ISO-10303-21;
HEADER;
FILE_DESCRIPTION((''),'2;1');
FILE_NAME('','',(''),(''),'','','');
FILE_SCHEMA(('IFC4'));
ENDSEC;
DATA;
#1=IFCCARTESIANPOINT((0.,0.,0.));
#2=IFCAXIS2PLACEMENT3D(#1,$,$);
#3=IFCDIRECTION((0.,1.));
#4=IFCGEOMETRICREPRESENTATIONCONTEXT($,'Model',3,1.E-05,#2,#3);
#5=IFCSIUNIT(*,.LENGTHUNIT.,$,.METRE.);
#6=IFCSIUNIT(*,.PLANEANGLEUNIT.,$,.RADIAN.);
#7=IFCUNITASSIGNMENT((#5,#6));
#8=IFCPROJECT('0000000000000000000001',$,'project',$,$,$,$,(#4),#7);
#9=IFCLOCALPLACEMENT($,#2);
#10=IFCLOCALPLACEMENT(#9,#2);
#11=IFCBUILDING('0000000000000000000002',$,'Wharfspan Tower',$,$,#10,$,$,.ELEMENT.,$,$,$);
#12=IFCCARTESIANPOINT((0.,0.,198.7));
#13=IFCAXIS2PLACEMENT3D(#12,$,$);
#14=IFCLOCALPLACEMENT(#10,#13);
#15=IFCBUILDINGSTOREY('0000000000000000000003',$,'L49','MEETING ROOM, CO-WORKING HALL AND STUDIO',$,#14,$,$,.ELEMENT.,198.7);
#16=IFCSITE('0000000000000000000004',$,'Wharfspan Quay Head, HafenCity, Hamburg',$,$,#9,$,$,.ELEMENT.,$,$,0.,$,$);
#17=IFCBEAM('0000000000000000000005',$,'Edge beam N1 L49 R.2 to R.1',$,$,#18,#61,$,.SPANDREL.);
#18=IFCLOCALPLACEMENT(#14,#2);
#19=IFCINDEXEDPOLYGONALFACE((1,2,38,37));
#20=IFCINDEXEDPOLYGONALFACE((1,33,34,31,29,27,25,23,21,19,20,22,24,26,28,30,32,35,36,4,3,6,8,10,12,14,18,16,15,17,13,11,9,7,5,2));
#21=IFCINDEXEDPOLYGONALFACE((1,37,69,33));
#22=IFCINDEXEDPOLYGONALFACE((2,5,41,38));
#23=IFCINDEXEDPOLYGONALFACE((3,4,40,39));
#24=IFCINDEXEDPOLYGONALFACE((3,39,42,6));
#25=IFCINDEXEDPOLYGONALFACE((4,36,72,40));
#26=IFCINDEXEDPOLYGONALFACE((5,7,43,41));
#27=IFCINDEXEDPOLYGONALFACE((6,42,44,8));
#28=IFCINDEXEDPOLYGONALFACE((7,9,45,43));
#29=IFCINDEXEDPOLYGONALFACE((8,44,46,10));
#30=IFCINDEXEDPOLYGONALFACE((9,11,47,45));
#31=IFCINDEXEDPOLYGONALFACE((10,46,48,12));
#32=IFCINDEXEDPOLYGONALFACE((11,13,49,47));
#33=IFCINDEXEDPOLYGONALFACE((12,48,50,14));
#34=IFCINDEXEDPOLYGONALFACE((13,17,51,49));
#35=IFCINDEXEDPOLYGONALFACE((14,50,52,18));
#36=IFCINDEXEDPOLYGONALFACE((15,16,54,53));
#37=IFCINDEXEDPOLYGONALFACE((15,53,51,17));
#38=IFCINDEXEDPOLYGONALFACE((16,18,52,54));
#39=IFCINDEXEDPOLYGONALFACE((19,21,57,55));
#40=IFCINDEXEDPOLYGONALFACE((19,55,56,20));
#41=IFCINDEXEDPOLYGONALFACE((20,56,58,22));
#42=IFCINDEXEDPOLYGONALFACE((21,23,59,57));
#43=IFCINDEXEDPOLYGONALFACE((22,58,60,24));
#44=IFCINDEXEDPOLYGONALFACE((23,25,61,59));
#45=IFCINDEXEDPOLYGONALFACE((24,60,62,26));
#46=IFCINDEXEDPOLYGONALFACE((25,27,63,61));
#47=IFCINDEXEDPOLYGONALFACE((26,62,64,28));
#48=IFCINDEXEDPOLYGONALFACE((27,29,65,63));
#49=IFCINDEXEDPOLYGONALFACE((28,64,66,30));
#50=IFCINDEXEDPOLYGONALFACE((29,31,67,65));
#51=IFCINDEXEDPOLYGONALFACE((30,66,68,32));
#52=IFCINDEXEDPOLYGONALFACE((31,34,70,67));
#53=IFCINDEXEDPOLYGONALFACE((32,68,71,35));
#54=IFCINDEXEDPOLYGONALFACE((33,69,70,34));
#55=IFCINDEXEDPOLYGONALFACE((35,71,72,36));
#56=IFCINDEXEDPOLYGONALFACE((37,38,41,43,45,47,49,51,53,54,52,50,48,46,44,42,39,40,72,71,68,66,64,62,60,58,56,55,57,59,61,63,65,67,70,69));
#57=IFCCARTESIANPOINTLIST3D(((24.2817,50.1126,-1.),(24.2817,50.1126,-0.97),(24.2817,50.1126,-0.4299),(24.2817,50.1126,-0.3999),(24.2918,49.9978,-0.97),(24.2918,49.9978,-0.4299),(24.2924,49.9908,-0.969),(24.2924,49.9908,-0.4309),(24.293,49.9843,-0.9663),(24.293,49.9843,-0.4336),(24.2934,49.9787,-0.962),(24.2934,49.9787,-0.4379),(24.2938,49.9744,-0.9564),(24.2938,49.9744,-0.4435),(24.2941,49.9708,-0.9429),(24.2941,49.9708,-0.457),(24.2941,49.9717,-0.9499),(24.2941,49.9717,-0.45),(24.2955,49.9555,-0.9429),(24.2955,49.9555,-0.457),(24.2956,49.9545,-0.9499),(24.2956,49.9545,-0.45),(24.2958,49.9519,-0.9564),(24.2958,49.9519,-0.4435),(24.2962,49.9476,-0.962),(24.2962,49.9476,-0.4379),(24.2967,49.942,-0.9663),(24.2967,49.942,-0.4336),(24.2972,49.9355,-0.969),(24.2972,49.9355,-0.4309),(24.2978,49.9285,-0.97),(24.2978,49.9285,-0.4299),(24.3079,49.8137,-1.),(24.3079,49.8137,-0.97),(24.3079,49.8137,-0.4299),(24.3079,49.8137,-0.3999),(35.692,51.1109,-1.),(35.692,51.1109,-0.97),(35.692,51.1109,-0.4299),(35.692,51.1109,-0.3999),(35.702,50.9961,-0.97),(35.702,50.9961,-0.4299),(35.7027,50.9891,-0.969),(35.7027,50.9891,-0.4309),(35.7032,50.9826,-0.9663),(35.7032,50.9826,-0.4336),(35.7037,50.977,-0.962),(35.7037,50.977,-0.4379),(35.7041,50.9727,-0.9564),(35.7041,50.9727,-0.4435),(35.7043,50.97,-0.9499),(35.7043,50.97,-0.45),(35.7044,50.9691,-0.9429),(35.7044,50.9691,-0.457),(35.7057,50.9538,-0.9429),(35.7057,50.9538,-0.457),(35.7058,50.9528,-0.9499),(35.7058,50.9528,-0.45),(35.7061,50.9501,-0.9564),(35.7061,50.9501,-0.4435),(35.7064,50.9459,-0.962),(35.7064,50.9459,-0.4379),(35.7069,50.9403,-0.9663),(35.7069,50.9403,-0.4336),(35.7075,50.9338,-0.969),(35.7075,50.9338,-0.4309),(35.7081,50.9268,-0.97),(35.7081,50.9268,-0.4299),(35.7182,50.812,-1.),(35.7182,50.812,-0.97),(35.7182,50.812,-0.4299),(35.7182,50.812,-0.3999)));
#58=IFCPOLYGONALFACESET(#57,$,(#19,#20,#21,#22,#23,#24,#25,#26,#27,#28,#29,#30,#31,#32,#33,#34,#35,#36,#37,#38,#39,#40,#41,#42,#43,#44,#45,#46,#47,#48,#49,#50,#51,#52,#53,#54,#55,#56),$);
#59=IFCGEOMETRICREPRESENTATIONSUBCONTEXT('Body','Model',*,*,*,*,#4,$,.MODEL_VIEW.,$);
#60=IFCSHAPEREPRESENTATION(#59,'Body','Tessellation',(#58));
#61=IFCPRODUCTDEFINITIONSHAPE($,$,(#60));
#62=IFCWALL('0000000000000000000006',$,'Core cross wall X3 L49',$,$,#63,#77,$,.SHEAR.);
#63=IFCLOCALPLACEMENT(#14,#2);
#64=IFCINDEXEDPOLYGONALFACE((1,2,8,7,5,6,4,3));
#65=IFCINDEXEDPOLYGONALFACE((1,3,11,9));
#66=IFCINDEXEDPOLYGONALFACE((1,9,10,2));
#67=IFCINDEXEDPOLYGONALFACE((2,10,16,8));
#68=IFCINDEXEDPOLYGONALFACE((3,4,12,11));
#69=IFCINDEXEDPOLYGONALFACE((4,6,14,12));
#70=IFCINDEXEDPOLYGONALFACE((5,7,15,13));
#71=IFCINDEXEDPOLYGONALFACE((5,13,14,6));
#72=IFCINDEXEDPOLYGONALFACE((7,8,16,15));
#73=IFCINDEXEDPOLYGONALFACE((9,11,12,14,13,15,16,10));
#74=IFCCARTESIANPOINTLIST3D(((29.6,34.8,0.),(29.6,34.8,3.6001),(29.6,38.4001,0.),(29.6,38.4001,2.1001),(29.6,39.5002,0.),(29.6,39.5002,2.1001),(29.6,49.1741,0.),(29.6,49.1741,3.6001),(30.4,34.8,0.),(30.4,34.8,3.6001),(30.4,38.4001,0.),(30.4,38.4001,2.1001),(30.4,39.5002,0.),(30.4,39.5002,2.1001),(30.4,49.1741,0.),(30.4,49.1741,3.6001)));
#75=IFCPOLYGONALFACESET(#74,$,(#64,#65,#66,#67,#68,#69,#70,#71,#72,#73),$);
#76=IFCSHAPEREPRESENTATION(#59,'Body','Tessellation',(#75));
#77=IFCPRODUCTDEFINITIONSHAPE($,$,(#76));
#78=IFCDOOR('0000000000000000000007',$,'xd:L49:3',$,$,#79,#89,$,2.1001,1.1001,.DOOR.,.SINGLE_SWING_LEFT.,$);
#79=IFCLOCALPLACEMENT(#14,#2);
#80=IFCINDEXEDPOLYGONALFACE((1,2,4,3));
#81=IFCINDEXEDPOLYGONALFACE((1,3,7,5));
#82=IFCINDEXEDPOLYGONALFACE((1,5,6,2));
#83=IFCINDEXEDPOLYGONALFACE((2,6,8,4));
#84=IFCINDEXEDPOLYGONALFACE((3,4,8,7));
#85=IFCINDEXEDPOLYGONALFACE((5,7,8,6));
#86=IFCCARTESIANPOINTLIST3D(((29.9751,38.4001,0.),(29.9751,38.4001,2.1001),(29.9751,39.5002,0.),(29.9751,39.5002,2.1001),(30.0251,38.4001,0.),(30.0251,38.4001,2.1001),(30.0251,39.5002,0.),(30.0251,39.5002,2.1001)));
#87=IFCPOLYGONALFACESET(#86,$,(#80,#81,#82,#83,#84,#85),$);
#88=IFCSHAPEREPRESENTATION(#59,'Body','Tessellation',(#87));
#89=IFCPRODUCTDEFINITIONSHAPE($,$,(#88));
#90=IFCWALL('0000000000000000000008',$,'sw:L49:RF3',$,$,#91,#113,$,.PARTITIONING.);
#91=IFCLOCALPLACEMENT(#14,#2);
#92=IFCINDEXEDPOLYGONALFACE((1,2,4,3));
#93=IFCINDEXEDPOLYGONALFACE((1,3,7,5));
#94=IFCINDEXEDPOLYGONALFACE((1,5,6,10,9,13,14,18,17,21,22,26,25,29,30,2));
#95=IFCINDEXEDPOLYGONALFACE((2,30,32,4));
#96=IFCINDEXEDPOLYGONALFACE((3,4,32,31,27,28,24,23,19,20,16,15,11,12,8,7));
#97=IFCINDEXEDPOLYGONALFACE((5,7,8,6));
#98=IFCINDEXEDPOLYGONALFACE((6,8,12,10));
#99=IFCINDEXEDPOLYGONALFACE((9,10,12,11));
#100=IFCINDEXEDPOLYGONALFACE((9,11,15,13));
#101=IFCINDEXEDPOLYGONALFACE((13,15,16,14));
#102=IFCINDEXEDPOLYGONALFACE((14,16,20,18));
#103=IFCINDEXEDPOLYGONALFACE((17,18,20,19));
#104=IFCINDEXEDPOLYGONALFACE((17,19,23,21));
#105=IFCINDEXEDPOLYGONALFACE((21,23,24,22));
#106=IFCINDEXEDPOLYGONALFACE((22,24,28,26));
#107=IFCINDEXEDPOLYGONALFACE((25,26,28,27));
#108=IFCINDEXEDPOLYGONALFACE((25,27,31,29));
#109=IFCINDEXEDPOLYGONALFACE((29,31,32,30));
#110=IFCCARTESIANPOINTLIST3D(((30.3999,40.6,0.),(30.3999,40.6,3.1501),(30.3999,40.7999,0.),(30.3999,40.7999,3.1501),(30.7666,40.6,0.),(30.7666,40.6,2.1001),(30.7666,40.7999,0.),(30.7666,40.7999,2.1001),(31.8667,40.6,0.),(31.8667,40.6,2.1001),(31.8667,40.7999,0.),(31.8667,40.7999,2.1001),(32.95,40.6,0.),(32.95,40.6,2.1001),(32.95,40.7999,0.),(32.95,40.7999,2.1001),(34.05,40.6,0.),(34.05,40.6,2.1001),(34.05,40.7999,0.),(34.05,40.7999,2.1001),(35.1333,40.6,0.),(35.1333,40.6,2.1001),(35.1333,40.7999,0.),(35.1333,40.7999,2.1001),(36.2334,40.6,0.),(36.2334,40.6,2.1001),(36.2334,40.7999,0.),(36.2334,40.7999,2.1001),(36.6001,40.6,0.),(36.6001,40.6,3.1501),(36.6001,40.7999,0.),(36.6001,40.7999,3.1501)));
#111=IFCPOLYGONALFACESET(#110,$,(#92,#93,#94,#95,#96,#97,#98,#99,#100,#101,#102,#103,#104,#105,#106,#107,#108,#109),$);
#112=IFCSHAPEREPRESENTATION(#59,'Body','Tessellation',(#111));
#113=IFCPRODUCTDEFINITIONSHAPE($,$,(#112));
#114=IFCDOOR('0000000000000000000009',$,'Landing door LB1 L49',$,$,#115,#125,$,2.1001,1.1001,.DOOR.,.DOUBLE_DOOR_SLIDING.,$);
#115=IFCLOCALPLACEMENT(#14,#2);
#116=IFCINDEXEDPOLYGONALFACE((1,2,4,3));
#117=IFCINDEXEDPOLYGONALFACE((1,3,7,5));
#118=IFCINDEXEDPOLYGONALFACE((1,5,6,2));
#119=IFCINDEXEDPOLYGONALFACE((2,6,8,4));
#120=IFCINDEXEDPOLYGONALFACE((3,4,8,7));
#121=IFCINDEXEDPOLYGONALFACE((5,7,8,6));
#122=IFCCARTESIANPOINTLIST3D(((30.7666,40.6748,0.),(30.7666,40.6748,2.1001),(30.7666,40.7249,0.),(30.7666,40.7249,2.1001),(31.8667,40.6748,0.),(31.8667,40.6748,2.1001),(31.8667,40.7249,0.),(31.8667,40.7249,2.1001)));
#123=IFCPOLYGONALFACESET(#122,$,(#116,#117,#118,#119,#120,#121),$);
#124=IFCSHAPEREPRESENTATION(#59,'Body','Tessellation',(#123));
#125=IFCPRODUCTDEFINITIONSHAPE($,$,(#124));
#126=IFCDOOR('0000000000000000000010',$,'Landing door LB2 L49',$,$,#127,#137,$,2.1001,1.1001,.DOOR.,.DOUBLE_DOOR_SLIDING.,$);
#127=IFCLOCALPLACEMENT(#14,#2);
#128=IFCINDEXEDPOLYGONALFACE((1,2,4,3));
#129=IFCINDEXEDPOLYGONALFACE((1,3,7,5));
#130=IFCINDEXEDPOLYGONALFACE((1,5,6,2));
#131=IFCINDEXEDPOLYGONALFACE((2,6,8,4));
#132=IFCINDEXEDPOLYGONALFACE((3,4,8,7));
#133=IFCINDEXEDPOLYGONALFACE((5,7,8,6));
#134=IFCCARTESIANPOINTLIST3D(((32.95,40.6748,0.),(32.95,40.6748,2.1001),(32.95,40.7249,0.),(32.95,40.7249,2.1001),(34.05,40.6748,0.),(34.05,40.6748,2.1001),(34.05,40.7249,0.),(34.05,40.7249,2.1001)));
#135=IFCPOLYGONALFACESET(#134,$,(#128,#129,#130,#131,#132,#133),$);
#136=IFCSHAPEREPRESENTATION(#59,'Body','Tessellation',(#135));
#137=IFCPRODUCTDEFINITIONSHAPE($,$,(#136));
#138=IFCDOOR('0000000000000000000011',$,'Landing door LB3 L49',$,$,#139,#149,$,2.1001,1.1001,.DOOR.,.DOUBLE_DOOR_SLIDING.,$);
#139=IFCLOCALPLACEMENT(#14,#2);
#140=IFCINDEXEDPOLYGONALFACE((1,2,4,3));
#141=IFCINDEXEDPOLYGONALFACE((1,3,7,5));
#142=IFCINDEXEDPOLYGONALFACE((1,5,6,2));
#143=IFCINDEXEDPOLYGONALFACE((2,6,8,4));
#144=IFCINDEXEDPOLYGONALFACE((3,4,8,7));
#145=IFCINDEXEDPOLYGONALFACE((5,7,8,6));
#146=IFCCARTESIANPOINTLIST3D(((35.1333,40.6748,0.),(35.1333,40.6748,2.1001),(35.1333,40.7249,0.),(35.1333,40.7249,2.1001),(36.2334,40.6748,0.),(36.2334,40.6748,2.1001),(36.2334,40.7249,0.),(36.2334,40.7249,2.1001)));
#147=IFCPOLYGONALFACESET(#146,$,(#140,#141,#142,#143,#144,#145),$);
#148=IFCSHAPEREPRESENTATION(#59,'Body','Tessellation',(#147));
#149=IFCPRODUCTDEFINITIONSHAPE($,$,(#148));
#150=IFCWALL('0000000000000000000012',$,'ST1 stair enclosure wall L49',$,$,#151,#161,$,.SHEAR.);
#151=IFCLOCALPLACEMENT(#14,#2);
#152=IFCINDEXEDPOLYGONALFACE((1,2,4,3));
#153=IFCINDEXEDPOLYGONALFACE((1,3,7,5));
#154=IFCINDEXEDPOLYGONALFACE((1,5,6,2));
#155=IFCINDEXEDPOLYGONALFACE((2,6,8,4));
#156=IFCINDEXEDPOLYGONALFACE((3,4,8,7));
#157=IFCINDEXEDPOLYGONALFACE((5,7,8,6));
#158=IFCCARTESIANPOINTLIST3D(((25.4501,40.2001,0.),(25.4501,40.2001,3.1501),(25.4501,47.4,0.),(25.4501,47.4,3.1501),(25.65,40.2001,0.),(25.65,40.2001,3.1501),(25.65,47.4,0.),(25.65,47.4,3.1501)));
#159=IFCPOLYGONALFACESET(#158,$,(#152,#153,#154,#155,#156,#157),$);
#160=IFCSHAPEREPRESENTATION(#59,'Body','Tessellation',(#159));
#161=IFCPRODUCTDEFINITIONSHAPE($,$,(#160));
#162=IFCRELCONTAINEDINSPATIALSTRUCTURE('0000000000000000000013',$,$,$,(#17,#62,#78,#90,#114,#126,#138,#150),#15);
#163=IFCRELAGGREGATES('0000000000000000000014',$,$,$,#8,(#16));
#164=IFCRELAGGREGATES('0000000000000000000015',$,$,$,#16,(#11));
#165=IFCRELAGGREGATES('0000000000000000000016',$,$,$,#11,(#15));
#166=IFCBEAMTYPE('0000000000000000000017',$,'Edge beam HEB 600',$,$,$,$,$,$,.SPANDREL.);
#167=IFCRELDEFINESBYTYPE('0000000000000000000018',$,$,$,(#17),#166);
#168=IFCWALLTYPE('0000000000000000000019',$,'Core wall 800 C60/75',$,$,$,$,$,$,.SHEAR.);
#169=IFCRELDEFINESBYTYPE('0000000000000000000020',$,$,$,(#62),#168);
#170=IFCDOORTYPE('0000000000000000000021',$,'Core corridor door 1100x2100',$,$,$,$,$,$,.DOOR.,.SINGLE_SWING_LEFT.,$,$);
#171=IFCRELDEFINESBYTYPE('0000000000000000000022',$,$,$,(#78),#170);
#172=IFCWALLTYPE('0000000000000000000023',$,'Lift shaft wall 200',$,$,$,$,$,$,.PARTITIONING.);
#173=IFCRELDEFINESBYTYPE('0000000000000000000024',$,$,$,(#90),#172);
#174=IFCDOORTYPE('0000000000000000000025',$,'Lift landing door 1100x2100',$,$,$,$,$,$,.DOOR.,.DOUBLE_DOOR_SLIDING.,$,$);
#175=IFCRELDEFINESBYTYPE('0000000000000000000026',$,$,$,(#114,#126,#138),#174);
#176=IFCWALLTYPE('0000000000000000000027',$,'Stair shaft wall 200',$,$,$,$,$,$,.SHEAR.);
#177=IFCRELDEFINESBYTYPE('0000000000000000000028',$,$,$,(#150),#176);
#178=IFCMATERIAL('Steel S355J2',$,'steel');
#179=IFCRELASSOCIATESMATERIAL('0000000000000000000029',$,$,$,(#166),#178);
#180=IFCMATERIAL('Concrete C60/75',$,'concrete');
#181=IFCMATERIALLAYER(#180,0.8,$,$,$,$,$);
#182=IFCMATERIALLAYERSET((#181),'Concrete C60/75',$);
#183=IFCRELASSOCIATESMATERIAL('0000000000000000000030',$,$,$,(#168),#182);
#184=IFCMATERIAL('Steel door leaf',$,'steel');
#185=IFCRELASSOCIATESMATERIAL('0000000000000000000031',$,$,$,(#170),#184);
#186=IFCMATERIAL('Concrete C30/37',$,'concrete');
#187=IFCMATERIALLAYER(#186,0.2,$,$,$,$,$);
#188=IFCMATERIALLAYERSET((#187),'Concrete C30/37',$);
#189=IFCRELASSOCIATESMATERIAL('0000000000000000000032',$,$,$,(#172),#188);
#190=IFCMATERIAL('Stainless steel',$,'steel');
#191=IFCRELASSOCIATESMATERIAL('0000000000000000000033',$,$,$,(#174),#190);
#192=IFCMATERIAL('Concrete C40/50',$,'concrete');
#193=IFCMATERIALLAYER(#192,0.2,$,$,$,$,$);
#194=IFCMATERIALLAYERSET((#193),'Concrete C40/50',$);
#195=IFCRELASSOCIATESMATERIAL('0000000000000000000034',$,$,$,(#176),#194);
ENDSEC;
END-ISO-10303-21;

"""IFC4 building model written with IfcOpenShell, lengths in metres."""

from ifc_helpers import new_model, si_unit, direction, frame, frame_2d, origin, origin_2d, place, context, subcontext, project, spatial, rectangle, i_section, extrude, material, layer, layer_set, material_profile, profile_set, type_object, element, fill, save


model = new_model("IFC4")

# Units and contexts
model_context = context("Model", 3, precision=1e-05, world=origin(), true_north=direction((0.0, 1.0)))
body_context = subcontext(model_context, "Body", "Model", "MODEL_VIEW")
ifc_project = project(units=[si_unit("LENGTHUNIT", "METRE"), si_unit("PLANEANGLEUNIT", "RADIAN")], contexts=[model_context])

# Site, building, storey
site_placement = place(None, origin())
site = spatial("IfcSite", under=ifc_project, at=site_placement, Name="Wharfspan Quay Head, HafenCity, Hamburg", CompositionType="ELEMENT", RefElevation=0.0)
building_placement = place(site_placement, origin())
building = spatial("IfcBuilding", under=site, at=building_placement, Name="Wharfspan Tower", CompositionType="ELEMENT")
storey_placement = place(building_placement, frame((0.0, 0.0, 198.7)))
storey = spatial("IfcBuildingStorey", under=building, at=storey_placement, Name="L49", Description="MEETING ROOM, CO-WORKING HALL AND STUDIO", CompositionType="ELEMENT", Elevation=198.7)

# Beam
ifc_material_1 = material(Name="Steel S355J2", Category="steel")
ifc_material_profile = material_profile(ifc_material_1, i_section(OverallWidth=0.3, OverallDepth=0.6001, WebThickness=0.0154, FlangeThickness=0.03, FilletRadius=0.0271, at=origin_2d()))
ifc_profile_set = profile_set([ifc_material_profile], Name="Steel S355J2")
beam_type = type_object("IfcBeamType", Name="Edge beam HEB 600", PredefinedType="SPANDREL", material=ifc_profile_set)
beam_placement = place(storey_placement, frame((35.7051, 50.9614, -0.7), z_axis=(-0.996194, -0.087158, 0.0), x_axis=(0.087158, -0.996194, 0.0)))
element("IfcBeam", 1, at=beam_placement, inside=storey, type_object=beam_type, Name="Edge beam N1 L49 R.2 to R.1", PredefinedType="SPANDREL", context=body_context, shape_type="SweptSolid", body=[
    extrude(i_section(OverallWidth=0.3, OverallDepth=0.6001, WebThickness=0.0154, FlangeThickness=0.03, FilletRadius=0.0271, at=origin_2d()), origin(), (0.0, 0.0, 1.0), 11.4539),
])

# Wall, opening, door
ifc_material_2 = material(Name="Concrete C60/75", Category="concrete")
ifc_layer_1 = layer(ifc_material_2, 0.8)
ifc_layer_set_1 = layer_set([ifc_layer_1], Name="Concrete C60/75")
wall_type_1 = type_object("IfcWallType", Name="Core wall 800 C60/75", PredefinedType="SHEAR", material=ifc_layer_set_1)
wall_1_placement = place(storey_placement, frame((30.0, 34.8, 0.0), z_axis=(0.0, 0.0, 1.0), x_axis=(0.0, 1.0, 0.0)))
wall_1 = element("IfcWall", 2, at=wall_1_placement, inside=storey, type_object=wall_type_1, Name="Core cross wall X3 L49", PredefinedType="SHEAR", context=body_context, shape_type="SweptSolid", body=[
    extrude(rectangle(XDim=14.374, YDim=0.8, at=frame_2d((7.187, 0.0))), origin(), (0.0, 0.0, 1.0), 3.6001),
])
opening_1_placement = place(wall_1_placement, frame((3.6001, 0.0, 0.0)))
opening_1 = element("IfcOpeningElement", 3, at=opening_1_placement, cuts=wall_1, PredefinedType="OPENING", context=body_context, shape_type="SweptSolid", body=[
    extrude(rectangle(XDim=1.1001, YDim=2.1001, at=frame_2d((0.55, 1.05))), frame((0.0, 0.4099, 0.0), z_axis=(0.0, -1.0, 0.0), x_axis=(1.0, 0.0, 0.0)), (0.0, 0.0, 1.0), 0.8201),
])
ifc_material_3 = material(Name="Steel door leaf", Category="steel")
door_type_1 = type_object("IfcDoorType", Name="Core corridor door 1100x2100", OperationType="SINGLE_SWING_LEFT", PredefinedType="DOOR", material=ifc_material_3)
door_1_placement = place(opening_1_placement, origin())
door_1 = element("IfcDoor", 4, at=door_1_placement, inside=storey, type_object=door_type_1, Name="xd:L49:3", OperationType="SINGLE_SWING_LEFT", OverallHeight=2.1001, OverallWidth=1.1001, PredefinedType="DOOR", context=body_context, shape_type="SweptSolid", body=[
    extrude(rectangle(XDim=1.1001, YDim=2.1001, at=frame_2d((0.55, 1.05))), frame((0.0, 0.0249, 0.0), z_axis=(0.0, -1.0, 0.0), x_axis=(1.0, 0.0, 0.0)), (0.0, 0.0, 1.0), 0.05),
])
fill(opening_1, door_1)

# Wall, openings, doors
ifc_material_4 = material(Name="Concrete C30/37", Category="concrete")
ifc_layer_2 = layer(ifc_material_4, 0.2)
ifc_layer_set_2 = layer_set([ifc_layer_2], Name="Concrete C30/37")
wall_type_2 = type_object("IfcWallType", Name="Lift shaft wall 200", PredefinedType="PARTITIONING", material=ifc_layer_set_2)
wall_2_placement = place(storey_placement, frame((30.3999, 40.7, 0.0), z_axis=(0.0, 0.0, 1.0), x_axis=(1.0, 0.0, 0.0)))
wall_2 = element("IfcWall", 5, at=wall_2_placement, inside=storey, type_object=wall_type_2, Name="sw:L49:RF3", PredefinedType="PARTITIONING", context=body_context, shape_type="SweptSolid", body=[
    extrude(rectangle(XDim=6.2002, YDim=0.2, at=frame_2d((3.1001, 0.0))), origin(), (0.0, 0.0, 1.0), 3.1501),
])
opening_2_placement = place(wall_2_placement, frame((0.3667, 0.0, 0.0)))
opening_2 = element("IfcOpeningElement", 6, at=opening_2_placement, cuts=wall_2, PredefinedType="OPENING", context=body_context, shape_type="SweptSolid", body=[
    extrude(rectangle(XDim=1.1001, YDim=2.1001, at=frame_2d((0.55, 1.05))), frame((0.0, 0.1099, 0.0), z_axis=(0.0, -1.0, 0.0), x_axis=(1.0, 0.0, 0.0)), (0.0, 0.0, 1.0), 0.22),
])
opening_3_placement = place(wall_2_placement, frame((2.55, 0.0, 0.0)))
opening_3 = element("IfcOpeningElement", 7, at=opening_3_placement, cuts=wall_2, PredefinedType="OPENING", context=body_context, shape_type="SweptSolid", body=[
    extrude(rectangle(XDim=1.1001, YDim=2.1001, at=frame_2d((0.55, 1.05))), frame((0.0, 0.1099, 0.0), z_axis=(0.0, -1.0, 0.0), x_axis=(1.0, 0.0, 0.0)), (0.0, 0.0, 1.0), 0.22),
])
opening_4_placement = place(wall_2_placement, frame((4.7334, 0.0, 0.0)))
opening_4 = element("IfcOpeningElement", 8, at=opening_4_placement, cuts=wall_2, PredefinedType="OPENING", context=body_context, shape_type="SweptSolid", body=[
    extrude(rectangle(XDim=1.1001, YDim=2.1001, at=frame_2d((0.55, 1.05))), frame((0.0, 0.1099, 0.0), z_axis=(0.0, -1.0, 0.0), x_axis=(1.0, 0.0, 0.0)), (0.0, 0.0, 1.0), 0.22),
])
ifc_material_5 = material(Name="Stainless steel", Category="steel")
door_type_2 = type_object("IfcDoorType", Name="Lift landing door 1100x2100", OperationType="DOUBLE_DOOR_SLIDING", PredefinedType="DOOR", material=ifc_material_5)
door_2_placement = place(opening_2_placement, origin())
door_2 = element("IfcDoor", 9, at=door_2_placement, inside=storey, type_object=door_type_2, Name="Landing door LB1 L49", OperationType="DOUBLE_DOOR_SLIDING", OverallHeight=2.1001, OverallWidth=1.1001, PredefinedType="DOOR", context=body_context, shape_type="SweptSolid", body=[
    extrude(rectangle(XDim=1.1001, YDim=2.1001, at=frame_2d((0.55, 1.05))), frame((0.0, 0.0249, 0.0), z_axis=(0.0, -1.0, 0.0), x_axis=(1.0, 0.0, 0.0)), (0.0, 0.0, 1.0), 0.05),
])
fill(opening_2, door_2)
door_3_placement = place(opening_3_placement, origin())
door_3 = element("IfcDoor", 10, at=door_3_placement, inside=storey, type_object=door_type_2, Name="Landing door LB2 L49", OperationType="DOUBLE_DOOR_SLIDING", OverallHeight=2.1001, OverallWidth=1.1001, PredefinedType="DOOR", context=body_context, shape_type="SweptSolid", body=[
    extrude(rectangle(XDim=1.1001, YDim=2.1001, at=frame_2d((0.55, 1.05))), frame((0.0, 0.0249, 0.0), z_axis=(0.0, -1.0, 0.0), x_axis=(1.0, 0.0, 0.0)), (0.0, 0.0, 1.0), 0.05),
])
fill(opening_3, door_3)
door_4_placement = place(opening_4_placement, origin())
door_4 = element("IfcDoor", 11, at=door_4_placement, inside=storey, type_object=door_type_2, Name="Landing door LB3 L49", OperationType="DOUBLE_DOOR_SLIDING", OverallHeight=2.1001, OverallWidth=1.1001, PredefinedType="DOOR", context=body_context, shape_type="SweptSolid", body=[
    extrude(rectangle(XDim=1.1001, YDim=2.1001, at=frame_2d((0.55, 1.05))), frame((0.0, 0.0249, 0.0), z_axis=(0.0, -1.0, 0.0), x_axis=(1.0, 0.0, 0.0)), (0.0, 0.0, 1.0), 0.05),
])
fill(opening_4, door_4)

# Wall
ifc_material_6 = material(Name="Concrete C40/50", Category="concrete")
ifc_layer_3 = layer(ifc_material_6, 0.2)
ifc_layer_set_3 = layer_set([ifc_layer_3], Name="Concrete C40/50")
wall_type_3 = type_object("IfcWallType", Name="Stair shaft wall 200", PredefinedType="SHEAR", material=ifc_layer_set_3)
wall_3_placement = place(storey_placement, frame((25.55, 40.2, 0.0), z_axis=(0.0, 0.0, 1.0), x_axis=(0.0, 1.0, 0.0)))
element("IfcWall", 12, at=wall_3_placement, inside=storey, type_object=wall_type_3, Name="ST1 stair enclosure wall L49", PredefinedType="SHEAR", context=body_context, shape_type="SweptSolid", body=[
    extrude(rectangle(XDim=7.2, YDim=0.2, at=frame_2d((3.6001, 0.0))), origin(), (0.0, 0.0, 1.0), 3.1501),
])

save(model, "model.ifc")
